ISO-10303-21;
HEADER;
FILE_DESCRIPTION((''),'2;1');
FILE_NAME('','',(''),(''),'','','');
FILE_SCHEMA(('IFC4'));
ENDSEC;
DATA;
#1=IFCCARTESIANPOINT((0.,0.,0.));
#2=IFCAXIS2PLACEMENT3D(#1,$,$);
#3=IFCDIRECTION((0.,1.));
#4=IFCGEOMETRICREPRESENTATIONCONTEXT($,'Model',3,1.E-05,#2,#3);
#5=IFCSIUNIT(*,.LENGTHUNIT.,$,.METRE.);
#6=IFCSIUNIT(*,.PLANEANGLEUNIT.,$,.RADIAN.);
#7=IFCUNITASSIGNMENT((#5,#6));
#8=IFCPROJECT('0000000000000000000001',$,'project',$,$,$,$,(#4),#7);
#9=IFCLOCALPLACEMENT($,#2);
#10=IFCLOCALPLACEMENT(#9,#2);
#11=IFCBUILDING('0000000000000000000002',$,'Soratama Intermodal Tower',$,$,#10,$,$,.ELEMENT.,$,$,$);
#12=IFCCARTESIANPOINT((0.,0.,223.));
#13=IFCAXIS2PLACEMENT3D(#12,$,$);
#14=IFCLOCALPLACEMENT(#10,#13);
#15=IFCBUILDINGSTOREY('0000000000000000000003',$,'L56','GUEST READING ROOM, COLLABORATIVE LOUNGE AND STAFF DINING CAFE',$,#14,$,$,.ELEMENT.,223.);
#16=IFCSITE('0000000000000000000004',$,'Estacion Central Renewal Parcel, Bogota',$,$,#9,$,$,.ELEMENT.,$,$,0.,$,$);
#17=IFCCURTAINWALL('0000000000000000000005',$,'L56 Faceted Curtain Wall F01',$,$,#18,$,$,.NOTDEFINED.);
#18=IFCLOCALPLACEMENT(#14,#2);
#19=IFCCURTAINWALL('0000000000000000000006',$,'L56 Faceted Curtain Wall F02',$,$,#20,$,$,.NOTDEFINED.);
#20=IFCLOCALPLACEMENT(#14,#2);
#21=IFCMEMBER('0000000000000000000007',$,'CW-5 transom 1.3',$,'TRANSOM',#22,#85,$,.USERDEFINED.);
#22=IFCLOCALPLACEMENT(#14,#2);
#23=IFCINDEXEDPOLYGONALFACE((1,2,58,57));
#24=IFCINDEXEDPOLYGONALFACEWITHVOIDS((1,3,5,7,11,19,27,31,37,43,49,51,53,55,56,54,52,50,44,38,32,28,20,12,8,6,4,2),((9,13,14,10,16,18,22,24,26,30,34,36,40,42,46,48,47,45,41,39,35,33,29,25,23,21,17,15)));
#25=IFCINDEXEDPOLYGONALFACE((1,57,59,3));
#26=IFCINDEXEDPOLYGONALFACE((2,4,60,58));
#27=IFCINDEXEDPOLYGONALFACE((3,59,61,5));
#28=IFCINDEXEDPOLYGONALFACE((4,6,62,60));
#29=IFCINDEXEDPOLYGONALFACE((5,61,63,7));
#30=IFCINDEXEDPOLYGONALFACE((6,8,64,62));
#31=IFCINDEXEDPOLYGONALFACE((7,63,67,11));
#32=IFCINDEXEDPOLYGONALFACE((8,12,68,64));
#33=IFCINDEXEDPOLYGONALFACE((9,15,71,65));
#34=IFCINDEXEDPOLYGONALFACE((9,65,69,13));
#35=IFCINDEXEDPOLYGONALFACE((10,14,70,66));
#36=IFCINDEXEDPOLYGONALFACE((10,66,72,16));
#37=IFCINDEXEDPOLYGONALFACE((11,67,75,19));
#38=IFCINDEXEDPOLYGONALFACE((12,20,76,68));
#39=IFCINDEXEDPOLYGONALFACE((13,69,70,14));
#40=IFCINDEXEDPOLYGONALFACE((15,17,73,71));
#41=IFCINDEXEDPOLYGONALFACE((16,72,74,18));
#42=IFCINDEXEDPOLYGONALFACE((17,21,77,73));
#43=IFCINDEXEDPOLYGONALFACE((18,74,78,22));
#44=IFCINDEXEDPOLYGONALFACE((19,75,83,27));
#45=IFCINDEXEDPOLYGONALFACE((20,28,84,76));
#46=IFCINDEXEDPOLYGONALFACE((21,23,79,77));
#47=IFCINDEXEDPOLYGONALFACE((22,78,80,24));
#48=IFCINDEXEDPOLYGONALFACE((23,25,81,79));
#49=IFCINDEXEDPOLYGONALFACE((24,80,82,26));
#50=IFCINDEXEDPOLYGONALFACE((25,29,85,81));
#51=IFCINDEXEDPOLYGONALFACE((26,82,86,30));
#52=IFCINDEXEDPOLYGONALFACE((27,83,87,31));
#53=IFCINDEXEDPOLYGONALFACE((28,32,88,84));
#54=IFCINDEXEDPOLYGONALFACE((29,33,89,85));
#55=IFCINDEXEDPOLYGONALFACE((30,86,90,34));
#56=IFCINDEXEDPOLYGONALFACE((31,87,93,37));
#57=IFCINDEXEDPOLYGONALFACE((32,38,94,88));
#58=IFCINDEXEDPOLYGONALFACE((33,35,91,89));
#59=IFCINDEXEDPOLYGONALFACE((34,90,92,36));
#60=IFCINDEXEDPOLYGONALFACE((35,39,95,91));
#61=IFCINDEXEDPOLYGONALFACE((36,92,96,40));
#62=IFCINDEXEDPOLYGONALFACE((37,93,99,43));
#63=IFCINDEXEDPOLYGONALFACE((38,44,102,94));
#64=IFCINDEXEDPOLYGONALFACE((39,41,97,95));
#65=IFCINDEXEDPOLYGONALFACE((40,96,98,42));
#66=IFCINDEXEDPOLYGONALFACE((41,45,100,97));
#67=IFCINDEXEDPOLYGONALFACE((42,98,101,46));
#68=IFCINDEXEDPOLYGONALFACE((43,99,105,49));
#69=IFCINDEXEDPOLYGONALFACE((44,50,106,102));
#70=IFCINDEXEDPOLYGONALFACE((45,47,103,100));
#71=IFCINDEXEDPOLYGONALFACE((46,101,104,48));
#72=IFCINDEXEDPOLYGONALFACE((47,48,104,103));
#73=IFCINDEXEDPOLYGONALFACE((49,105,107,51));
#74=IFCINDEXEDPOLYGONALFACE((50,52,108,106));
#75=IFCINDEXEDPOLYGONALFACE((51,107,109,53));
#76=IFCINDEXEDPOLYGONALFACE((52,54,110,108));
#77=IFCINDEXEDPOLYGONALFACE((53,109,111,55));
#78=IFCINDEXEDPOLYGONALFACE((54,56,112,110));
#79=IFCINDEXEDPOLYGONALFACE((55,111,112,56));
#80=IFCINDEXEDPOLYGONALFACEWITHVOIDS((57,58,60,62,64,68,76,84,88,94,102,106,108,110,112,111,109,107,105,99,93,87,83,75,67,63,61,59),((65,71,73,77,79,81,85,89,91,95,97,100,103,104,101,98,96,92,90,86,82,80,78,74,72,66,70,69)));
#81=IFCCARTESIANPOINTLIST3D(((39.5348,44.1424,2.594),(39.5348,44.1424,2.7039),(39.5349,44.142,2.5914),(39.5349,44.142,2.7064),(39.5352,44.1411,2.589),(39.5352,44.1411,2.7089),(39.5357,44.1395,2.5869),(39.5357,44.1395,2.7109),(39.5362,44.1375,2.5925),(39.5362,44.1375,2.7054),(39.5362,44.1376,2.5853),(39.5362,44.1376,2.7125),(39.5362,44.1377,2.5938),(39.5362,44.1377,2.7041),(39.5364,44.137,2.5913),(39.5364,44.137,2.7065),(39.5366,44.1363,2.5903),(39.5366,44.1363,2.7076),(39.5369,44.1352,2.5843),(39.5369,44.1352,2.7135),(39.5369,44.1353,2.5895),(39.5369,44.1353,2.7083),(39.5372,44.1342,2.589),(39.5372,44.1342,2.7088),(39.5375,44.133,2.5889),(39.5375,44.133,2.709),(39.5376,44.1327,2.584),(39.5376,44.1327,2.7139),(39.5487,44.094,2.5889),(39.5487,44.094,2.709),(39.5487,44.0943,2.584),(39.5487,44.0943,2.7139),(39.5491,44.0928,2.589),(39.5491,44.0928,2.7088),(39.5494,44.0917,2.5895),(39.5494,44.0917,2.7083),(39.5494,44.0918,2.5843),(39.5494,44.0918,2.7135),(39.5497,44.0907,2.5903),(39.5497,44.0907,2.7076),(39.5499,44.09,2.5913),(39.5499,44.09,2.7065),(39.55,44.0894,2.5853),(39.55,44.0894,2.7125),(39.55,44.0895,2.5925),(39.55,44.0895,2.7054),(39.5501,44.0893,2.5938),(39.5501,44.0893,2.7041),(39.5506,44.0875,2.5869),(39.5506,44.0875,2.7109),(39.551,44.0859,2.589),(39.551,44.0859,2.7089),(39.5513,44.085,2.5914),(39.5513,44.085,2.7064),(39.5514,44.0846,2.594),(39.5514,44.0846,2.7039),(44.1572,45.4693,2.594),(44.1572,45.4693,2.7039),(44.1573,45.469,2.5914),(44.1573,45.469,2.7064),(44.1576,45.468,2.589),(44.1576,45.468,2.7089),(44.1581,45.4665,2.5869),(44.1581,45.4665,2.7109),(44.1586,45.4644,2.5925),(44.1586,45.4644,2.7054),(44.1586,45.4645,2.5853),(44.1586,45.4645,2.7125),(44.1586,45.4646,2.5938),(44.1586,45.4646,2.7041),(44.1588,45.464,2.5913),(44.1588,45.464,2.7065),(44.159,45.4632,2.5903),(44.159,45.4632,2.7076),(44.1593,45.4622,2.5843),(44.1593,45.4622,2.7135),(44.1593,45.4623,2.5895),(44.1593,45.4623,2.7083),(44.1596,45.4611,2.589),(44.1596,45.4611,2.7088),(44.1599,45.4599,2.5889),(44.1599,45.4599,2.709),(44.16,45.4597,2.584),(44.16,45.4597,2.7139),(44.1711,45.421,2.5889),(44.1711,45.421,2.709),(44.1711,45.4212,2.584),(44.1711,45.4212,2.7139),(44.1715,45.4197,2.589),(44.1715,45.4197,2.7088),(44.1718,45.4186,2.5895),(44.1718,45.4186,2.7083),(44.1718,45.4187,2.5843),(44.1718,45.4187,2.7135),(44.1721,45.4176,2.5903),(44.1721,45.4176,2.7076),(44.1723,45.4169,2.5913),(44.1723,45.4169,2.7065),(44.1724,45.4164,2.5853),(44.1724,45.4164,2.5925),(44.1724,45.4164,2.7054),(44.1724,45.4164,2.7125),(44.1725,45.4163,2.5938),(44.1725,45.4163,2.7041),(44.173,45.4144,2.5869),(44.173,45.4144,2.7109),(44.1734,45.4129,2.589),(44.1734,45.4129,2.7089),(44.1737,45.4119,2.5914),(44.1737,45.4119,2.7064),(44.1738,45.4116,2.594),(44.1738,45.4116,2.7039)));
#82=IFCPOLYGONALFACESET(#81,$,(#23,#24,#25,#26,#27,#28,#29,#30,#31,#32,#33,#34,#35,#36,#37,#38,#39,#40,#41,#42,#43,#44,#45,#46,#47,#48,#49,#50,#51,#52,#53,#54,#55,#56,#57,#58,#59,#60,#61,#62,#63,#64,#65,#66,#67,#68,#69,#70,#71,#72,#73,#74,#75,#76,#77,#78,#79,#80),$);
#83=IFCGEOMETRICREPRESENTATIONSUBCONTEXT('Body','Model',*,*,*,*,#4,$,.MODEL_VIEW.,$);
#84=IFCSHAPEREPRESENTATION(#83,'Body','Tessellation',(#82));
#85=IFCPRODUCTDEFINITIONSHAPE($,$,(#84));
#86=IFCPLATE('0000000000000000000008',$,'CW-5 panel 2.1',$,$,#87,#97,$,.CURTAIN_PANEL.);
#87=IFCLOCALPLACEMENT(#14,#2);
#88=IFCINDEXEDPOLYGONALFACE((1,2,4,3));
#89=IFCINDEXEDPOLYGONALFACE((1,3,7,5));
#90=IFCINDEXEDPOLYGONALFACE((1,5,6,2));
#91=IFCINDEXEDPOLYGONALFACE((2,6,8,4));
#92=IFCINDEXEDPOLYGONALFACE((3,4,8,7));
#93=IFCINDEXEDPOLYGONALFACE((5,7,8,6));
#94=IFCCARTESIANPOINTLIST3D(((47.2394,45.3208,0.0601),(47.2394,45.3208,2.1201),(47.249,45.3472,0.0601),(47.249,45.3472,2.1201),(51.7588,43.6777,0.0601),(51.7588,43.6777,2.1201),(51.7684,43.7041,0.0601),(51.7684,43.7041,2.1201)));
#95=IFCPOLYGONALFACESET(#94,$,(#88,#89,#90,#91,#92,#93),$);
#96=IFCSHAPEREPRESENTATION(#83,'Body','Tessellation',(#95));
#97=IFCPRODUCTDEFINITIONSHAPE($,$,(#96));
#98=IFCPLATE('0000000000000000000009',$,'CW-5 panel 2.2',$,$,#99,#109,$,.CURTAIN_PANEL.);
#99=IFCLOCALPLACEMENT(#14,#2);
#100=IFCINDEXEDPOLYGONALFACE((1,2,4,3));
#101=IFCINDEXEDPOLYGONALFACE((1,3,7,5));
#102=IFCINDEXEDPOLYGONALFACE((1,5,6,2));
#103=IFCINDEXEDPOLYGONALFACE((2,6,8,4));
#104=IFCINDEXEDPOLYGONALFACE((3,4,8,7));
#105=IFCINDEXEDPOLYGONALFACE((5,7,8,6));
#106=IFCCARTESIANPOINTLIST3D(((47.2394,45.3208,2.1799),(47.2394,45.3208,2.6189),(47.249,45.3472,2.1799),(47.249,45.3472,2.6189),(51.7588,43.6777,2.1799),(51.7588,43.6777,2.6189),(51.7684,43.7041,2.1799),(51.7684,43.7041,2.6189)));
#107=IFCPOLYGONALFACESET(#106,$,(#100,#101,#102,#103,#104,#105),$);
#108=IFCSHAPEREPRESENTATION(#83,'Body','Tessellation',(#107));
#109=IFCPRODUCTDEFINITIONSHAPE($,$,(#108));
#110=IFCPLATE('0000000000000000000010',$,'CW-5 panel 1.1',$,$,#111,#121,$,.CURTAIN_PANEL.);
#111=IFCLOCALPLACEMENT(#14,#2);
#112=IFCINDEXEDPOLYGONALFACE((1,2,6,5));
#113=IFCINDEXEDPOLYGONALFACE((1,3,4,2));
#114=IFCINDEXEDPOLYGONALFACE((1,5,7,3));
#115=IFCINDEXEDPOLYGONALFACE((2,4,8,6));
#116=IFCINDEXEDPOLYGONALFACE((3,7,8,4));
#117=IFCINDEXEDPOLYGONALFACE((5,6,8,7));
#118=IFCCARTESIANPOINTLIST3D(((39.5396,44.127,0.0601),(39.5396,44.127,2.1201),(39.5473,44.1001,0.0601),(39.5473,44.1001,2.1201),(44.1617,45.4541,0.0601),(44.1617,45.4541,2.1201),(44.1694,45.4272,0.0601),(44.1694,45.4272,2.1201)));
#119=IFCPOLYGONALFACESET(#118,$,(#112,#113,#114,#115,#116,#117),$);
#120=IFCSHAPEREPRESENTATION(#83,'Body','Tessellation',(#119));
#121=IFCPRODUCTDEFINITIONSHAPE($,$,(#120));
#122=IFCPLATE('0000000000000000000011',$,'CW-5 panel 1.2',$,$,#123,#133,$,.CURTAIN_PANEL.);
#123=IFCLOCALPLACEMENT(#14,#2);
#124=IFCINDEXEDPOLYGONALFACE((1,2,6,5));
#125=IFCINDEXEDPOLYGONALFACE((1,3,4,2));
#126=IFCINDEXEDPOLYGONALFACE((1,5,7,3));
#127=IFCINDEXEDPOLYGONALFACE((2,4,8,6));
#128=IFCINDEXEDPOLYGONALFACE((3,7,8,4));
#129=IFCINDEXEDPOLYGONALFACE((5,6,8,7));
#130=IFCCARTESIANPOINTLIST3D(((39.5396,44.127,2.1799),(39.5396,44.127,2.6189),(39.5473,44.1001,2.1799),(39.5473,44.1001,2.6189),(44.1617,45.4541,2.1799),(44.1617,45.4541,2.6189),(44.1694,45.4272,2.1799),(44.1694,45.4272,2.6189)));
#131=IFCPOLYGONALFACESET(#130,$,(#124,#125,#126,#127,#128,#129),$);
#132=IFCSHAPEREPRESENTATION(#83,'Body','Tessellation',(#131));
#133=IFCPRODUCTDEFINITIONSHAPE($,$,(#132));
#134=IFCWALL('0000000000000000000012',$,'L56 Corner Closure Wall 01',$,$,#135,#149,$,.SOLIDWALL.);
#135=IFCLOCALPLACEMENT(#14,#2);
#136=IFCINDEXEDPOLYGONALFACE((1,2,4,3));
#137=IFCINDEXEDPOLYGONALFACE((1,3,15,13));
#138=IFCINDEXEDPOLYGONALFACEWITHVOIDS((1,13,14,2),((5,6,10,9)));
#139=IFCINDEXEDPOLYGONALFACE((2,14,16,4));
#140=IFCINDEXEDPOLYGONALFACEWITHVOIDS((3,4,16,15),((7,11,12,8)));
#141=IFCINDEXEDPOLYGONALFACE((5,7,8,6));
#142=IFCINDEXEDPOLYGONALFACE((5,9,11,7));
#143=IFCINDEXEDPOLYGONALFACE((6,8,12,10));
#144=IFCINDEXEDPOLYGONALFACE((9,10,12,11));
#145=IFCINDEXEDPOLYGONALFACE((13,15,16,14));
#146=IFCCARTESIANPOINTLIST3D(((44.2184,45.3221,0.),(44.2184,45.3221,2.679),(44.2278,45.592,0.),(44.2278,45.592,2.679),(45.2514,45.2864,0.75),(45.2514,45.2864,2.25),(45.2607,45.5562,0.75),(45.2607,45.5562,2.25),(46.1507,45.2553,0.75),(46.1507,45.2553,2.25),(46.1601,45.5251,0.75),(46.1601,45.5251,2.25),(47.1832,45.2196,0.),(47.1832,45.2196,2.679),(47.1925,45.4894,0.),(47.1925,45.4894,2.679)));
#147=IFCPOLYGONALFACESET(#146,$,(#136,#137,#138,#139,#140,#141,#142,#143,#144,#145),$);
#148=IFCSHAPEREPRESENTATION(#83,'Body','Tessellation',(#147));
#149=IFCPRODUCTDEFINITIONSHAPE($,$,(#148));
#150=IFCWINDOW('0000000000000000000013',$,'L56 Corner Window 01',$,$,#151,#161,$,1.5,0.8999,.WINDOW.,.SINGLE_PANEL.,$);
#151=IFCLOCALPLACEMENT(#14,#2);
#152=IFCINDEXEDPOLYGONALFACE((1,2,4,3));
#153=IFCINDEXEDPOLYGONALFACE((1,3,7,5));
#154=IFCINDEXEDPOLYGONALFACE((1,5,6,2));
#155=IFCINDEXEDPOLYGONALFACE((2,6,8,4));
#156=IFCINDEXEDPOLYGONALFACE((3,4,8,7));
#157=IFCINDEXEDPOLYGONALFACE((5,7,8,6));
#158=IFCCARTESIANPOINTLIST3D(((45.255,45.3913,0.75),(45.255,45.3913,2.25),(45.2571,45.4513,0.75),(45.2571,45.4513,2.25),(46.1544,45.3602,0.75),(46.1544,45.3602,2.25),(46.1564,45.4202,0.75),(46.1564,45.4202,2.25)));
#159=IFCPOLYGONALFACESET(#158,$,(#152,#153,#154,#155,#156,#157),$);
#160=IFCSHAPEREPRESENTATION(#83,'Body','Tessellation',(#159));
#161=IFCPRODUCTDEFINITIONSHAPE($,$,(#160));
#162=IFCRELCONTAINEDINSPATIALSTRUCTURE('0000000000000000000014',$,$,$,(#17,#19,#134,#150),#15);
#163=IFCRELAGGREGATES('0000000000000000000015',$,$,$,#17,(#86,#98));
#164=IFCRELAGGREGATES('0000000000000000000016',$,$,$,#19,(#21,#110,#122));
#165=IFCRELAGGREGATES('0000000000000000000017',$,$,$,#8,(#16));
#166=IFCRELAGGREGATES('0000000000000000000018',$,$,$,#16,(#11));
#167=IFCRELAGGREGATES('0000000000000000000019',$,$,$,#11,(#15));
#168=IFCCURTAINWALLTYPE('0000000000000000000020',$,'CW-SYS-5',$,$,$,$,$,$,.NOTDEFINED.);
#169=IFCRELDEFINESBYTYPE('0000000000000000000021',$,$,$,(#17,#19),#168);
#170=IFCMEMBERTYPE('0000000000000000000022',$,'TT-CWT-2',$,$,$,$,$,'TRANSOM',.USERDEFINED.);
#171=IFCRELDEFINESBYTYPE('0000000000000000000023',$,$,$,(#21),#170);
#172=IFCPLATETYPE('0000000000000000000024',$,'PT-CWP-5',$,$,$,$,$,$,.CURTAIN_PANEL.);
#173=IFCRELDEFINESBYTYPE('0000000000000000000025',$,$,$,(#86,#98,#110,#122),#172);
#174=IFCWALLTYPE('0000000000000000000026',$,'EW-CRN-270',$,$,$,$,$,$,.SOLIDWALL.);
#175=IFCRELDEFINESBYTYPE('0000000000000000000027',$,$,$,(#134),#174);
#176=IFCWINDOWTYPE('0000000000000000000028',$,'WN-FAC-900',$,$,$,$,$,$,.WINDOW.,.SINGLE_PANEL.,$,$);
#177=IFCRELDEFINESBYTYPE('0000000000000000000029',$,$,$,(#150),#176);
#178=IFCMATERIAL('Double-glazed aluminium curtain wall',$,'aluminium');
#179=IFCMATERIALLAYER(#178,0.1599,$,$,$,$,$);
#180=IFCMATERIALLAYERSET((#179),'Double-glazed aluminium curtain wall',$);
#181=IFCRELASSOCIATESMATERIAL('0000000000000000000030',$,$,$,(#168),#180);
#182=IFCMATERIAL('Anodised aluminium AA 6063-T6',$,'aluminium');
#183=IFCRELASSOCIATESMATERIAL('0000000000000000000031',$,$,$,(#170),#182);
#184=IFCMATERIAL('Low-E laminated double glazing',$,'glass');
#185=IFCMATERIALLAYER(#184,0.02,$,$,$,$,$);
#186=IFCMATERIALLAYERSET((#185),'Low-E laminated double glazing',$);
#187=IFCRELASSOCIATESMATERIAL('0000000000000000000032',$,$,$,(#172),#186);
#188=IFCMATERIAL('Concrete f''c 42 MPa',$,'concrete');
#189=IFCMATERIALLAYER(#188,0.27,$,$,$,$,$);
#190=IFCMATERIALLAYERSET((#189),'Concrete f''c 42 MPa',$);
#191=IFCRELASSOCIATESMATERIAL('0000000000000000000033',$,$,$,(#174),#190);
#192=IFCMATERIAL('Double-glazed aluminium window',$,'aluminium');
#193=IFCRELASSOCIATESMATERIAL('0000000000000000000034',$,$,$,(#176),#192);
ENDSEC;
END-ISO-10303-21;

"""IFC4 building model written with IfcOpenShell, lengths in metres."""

from ifc_helpers import new_model, si_unit, direction, frame, frame_2d, origin, origin_2d, place, context, subcontext, project, spatial, rectangle, hollow_rectangle, extrude, material, layer, layer_set, material_profile, profile_set, type_object, element, fill, aggregate, save


model = new_model("IFC4")

# Units and contexts
model_context = context("Model", 3, precision=1e-05, world=origin(), true_north=direction((0.0, 1.0)))
body_context = subcontext(model_context, "Body", "Model", "MODEL_VIEW")
ifc_project = project(units=[si_unit("LENGTHUNIT", "METRE"), si_unit("PLANEANGLEUNIT", "RADIAN")], contexts=[model_context])

# Site, building, storey
site_placement = place(None, origin())
site = spatial("IfcSite", under=ifc_project, at=site_placement, Name="Estacion Central Renewal Parcel, Bogota", CompositionType="ELEMENT", RefElevation=0.0)
building_placement = place(site_placement, origin())
building = spatial("IfcBuilding", under=site, at=building_placement, Name="Soratama Intermodal Tower", CompositionType="ELEMENT")
storey_placement = place(building_placement, frame((0.0, 0.0, 223.0)))
storey = spatial("IfcBuildingStorey", under=building, at=storey_placement, Name="L56", Description="GUEST READING ROOM, COLLABORATIVE LOUNGE AND STAFF DINING CAFE", CompositionType="ELEMENT", Elevation=223.0)

# Curtain wall
ifc_material_1 = material(Name="Double-glazed aluminium curtain wall", Category="aluminium")
ifc_layer_1 = layer(ifc_material_1, 0.1599)
ifc_layer_set_1 = layer_set([ifc_layer_1], Name="Double-glazed aluminium curtain wall")
curtain_wall_type = type_object("IfcCurtainWallType", Name="CW-SYS-5", PredefinedType="NOTDEFINED", material=ifc_layer_set_1)
curtain_wall_1_placement = place(storey_placement, origin())
curtain_wall_1 = element("IfcCurtainWall", 1, at=curtain_wall_1_placement, inside=storey, type_object=curtain_wall_type, Name="L56 Faceted Curtain Wall F01", PredefinedType="NOTDEFINED")

# Curtain wall, member
curtain_wall_2_placement = place(storey_placement, origin())
curtain_wall_2 = element("IfcCurtainWall", 2, at=curtain_wall_2_placement, inside=storey, type_object=curtain_wall_type, Name="L56 Faceted Curtain Wall F02", PredefinedType="NOTDEFINED")
ifc_material_2 = material(Name="Anodised aluminium AA 6063-T6", Category="aluminium")
ifc_material_profile_1 = material_profile(ifc_material_2, hollow_rectangle(XDim=0.0601, YDim=0.1299, WallThickness=0.0049, InnerFilletRadius=0.0049, OuterFilletRadius=0.01, at=origin_2d()), Name="CWT130X60X5")
ifc_profile_set_1 = profile_set([ifc_material_profile_1], Name="Anodised aluminium AA 6063-T6")
member_type_1 = type_object("IfcMemberType", Name="TT-CWT-2", ElementType="TRANSOM", PredefinedType="USERDEFINED", material=ifc_profile_set_1)
member_1_placement = place(storey_placement, frame((44.1655, 45.4404, 2.6489), z_axis=(-0.96118, -0.275921, 0.0), x_axis=(0.275921, -0.96118, 0.0)))
member_1 = element("IfcMember", 3, at=member_1_placement, type_object=member_type_1, Name="CW-5 transom 1.3", ObjectType="TRANSOM", PredefinedType="USERDEFINED", context=body_context, shape_type="SweptSolid", body=[
    extrude(hollow_rectangle(XDim=0.0601, YDim=0.1299, WallThickness=0.0049, InnerFilletRadius=0.0049, OuterFilletRadius=0.01, at=origin_2d()), origin(), (0.0, 0.0, 1.0), 4.8091),
])

# Plates
ifc_material_3 = material(Name="Low-E laminated double glazing", Category="glass")
ifc_layer_2 = layer(ifc_material_3, 0.02)
ifc_layer_set_2 = layer_set([ifc_layer_2], Name="Low-E laminated double glazing")
plate_type = type_object("IfcPlateType", Name="PT-CWP-5", PredefinedType="CURTAIN_PANEL", material=ifc_layer_set_2)
plate_1_placement = place(storey_placement, frame((49.5039, 44.5125, 0.0601), z_axis=(0.0, 0.0, 1.0), x_axis=(-0.939811, 0.341696, 0.0)))
plate_1 = element("IfcPlate", 4, at=plate_1_placement, type_object=plate_type, Name="CW-5 panel 2.1", PredefinedType="CURTAIN_PANEL", context=body_context, shape_type="SweptSolid", body=[
    extrude(rectangle(XDim=4.8088, YDim=0.0281, at=origin_2d()), origin(), (0.0, 0.0, 1.0), 2.0601),
])
plate_2_placement = place(storey_placement, frame((49.5039, 44.5125, 2.1799), z_axis=(0.0, 0.0, 1.0), x_axis=(-0.939811, 0.341696, 0.0)))
plate_2 = element("IfcPlate", 5, at=plate_2_placement, type_object=plate_type, Name="CW-5 panel 2.2", PredefinedType="CURTAIN_PANEL", context=body_context, shape_type="SweptSolid", body=[
    extrude(rectangle(XDim=4.8088, YDim=0.0281, at=origin_2d()), origin(), (0.0, 0.0, 1.0), 0.439),
])
aggregate(curtain_wall_1, [plate_1, plate_2])
plate_3_placement = place(storey_placement, frame((41.8545, 44.7771, 0.0601), z_axis=(0.0, 0.0, 1.0), x_axis=(-0.961165, -0.275973, 0.0)))
plate_3 = element("IfcPlate", 6, at=plate_3_placement, type_object=plate_type, Name="CW-5 panel 1.1", PredefinedType="CURTAIN_PANEL", context=body_context, shape_type="SweptSolid", body=[
    extrude(rectangle(XDim=4.8088, YDim=0.0281, at=origin_2d()), origin(), (0.0, 0.0, 1.0), 2.0601),
])
plate_4_placement = place(storey_placement, frame((41.8545, 44.7771, 2.1799), z_axis=(0.0, 0.0, 1.0), x_axis=(-0.961165, -0.275973, 0.0)))
plate_4 = element("IfcPlate", 7, at=plate_4_placement, type_object=plate_type, Name="CW-5 panel 1.2", PredefinedType="CURTAIN_PANEL", context=body_context, shape_type="SweptSolid", body=[
    extrude(rectangle(XDim=4.8088, YDim=0.0281, at=origin_2d()), origin(), (0.0, 0.0, 1.0), 0.439),
])
aggregate(curtain_wall_2, [member_1, plate_3, plate_4])

# Wall, opening, window
ifc_material_4 = material(Name="Concrete f'c 42 MPa", Category="concrete")
ifc_layer_3 = layer(ifc_material_4, 0.27)
ifc_layer_set_3 = layer_set([ifc_layer_3], Name="Concrete f'c 42 MPa")
wall_type_1 = type_object("IfcWallType", Name="EW-CRN-270", PredefinedType="SOLIDWALL", material=ifc_layer_set_3)
wall_1_placement = place(storey_placement, frame((47.188, 45.3545, 0.0), z_axis=(0.0, 0.0, 1.0), x_axis=(-0.999402, 0.034564, 0.0)))
wall_1 = element("IfcWall", 8, at=wall_1_placement, inside=storey, type_object=wall_type_1, Name="L56 Corner Closure Wall 01", PredefinedType="SOLIDWALL", context=body_context, shape_type="SweptSolid", body=[
    extrude(rectangle(XDim=2.9666, YDim=0.27, at=frame_2d((1.4834, 0.0))), origin(), (0.0, 0.0, 1.0), 2.679),
])
opening_1_placement = place(wall_1_placement, frame((1.0332, 0.0, 0.75)))
opening_1 = element("IfcOpeningElement", 9, at=opening_1_placement, cuts=wall_1, PredefinedType="OPENING", context=body_context, shape_type="SweptSolid", body=[
    extrude(rectangle(XDim=0.8999, YDim=1.5, at=frame_2d((0.45, 0.75))), frame((0.0, 0.145, 0.0), z_axis=(0.0, -1.0, 0.0), x_axis=(1.0, 0.0, 0.0)), (0.0, 0.0, 1.0), 0.29),
])
ifc_material_5 = material(Name="Double-glazed aluminium window", Category="aluminium")
window_type = type_object("IfcWindowType", Name="WN-FAC-900", PartitioningType="SINGLE_PANEL", PredefinedType="WINDOW", material=ifc_material_5)
window_placement = place(opening_1_placement, origin())
window = element("IfcWindow", 10, at=window_placement, inside=storey, type_object=window_type, Name="L56 Corner Window 01", OverallHeight=1.5, OverallWidth=0.8999, PartitioningType="SINGLE_PANEL", PredefinedType="WINDOW", context=body_context, shape_type="SweptSolid", body=[
    extrude(rectangle(XDim=0.8999, YDim=1.5, at=frame_2d((0.45, 0.75))), frame((0.0, 0.03, 0.0), z_axis=(0.0, -1.0, 0.0), x_axis=(1.0, 0.0, 0.0)), (0.0, 0.0, 1.0), 0.0601),
])
fill(opening_1, window)

save(model, "model.ifc")
